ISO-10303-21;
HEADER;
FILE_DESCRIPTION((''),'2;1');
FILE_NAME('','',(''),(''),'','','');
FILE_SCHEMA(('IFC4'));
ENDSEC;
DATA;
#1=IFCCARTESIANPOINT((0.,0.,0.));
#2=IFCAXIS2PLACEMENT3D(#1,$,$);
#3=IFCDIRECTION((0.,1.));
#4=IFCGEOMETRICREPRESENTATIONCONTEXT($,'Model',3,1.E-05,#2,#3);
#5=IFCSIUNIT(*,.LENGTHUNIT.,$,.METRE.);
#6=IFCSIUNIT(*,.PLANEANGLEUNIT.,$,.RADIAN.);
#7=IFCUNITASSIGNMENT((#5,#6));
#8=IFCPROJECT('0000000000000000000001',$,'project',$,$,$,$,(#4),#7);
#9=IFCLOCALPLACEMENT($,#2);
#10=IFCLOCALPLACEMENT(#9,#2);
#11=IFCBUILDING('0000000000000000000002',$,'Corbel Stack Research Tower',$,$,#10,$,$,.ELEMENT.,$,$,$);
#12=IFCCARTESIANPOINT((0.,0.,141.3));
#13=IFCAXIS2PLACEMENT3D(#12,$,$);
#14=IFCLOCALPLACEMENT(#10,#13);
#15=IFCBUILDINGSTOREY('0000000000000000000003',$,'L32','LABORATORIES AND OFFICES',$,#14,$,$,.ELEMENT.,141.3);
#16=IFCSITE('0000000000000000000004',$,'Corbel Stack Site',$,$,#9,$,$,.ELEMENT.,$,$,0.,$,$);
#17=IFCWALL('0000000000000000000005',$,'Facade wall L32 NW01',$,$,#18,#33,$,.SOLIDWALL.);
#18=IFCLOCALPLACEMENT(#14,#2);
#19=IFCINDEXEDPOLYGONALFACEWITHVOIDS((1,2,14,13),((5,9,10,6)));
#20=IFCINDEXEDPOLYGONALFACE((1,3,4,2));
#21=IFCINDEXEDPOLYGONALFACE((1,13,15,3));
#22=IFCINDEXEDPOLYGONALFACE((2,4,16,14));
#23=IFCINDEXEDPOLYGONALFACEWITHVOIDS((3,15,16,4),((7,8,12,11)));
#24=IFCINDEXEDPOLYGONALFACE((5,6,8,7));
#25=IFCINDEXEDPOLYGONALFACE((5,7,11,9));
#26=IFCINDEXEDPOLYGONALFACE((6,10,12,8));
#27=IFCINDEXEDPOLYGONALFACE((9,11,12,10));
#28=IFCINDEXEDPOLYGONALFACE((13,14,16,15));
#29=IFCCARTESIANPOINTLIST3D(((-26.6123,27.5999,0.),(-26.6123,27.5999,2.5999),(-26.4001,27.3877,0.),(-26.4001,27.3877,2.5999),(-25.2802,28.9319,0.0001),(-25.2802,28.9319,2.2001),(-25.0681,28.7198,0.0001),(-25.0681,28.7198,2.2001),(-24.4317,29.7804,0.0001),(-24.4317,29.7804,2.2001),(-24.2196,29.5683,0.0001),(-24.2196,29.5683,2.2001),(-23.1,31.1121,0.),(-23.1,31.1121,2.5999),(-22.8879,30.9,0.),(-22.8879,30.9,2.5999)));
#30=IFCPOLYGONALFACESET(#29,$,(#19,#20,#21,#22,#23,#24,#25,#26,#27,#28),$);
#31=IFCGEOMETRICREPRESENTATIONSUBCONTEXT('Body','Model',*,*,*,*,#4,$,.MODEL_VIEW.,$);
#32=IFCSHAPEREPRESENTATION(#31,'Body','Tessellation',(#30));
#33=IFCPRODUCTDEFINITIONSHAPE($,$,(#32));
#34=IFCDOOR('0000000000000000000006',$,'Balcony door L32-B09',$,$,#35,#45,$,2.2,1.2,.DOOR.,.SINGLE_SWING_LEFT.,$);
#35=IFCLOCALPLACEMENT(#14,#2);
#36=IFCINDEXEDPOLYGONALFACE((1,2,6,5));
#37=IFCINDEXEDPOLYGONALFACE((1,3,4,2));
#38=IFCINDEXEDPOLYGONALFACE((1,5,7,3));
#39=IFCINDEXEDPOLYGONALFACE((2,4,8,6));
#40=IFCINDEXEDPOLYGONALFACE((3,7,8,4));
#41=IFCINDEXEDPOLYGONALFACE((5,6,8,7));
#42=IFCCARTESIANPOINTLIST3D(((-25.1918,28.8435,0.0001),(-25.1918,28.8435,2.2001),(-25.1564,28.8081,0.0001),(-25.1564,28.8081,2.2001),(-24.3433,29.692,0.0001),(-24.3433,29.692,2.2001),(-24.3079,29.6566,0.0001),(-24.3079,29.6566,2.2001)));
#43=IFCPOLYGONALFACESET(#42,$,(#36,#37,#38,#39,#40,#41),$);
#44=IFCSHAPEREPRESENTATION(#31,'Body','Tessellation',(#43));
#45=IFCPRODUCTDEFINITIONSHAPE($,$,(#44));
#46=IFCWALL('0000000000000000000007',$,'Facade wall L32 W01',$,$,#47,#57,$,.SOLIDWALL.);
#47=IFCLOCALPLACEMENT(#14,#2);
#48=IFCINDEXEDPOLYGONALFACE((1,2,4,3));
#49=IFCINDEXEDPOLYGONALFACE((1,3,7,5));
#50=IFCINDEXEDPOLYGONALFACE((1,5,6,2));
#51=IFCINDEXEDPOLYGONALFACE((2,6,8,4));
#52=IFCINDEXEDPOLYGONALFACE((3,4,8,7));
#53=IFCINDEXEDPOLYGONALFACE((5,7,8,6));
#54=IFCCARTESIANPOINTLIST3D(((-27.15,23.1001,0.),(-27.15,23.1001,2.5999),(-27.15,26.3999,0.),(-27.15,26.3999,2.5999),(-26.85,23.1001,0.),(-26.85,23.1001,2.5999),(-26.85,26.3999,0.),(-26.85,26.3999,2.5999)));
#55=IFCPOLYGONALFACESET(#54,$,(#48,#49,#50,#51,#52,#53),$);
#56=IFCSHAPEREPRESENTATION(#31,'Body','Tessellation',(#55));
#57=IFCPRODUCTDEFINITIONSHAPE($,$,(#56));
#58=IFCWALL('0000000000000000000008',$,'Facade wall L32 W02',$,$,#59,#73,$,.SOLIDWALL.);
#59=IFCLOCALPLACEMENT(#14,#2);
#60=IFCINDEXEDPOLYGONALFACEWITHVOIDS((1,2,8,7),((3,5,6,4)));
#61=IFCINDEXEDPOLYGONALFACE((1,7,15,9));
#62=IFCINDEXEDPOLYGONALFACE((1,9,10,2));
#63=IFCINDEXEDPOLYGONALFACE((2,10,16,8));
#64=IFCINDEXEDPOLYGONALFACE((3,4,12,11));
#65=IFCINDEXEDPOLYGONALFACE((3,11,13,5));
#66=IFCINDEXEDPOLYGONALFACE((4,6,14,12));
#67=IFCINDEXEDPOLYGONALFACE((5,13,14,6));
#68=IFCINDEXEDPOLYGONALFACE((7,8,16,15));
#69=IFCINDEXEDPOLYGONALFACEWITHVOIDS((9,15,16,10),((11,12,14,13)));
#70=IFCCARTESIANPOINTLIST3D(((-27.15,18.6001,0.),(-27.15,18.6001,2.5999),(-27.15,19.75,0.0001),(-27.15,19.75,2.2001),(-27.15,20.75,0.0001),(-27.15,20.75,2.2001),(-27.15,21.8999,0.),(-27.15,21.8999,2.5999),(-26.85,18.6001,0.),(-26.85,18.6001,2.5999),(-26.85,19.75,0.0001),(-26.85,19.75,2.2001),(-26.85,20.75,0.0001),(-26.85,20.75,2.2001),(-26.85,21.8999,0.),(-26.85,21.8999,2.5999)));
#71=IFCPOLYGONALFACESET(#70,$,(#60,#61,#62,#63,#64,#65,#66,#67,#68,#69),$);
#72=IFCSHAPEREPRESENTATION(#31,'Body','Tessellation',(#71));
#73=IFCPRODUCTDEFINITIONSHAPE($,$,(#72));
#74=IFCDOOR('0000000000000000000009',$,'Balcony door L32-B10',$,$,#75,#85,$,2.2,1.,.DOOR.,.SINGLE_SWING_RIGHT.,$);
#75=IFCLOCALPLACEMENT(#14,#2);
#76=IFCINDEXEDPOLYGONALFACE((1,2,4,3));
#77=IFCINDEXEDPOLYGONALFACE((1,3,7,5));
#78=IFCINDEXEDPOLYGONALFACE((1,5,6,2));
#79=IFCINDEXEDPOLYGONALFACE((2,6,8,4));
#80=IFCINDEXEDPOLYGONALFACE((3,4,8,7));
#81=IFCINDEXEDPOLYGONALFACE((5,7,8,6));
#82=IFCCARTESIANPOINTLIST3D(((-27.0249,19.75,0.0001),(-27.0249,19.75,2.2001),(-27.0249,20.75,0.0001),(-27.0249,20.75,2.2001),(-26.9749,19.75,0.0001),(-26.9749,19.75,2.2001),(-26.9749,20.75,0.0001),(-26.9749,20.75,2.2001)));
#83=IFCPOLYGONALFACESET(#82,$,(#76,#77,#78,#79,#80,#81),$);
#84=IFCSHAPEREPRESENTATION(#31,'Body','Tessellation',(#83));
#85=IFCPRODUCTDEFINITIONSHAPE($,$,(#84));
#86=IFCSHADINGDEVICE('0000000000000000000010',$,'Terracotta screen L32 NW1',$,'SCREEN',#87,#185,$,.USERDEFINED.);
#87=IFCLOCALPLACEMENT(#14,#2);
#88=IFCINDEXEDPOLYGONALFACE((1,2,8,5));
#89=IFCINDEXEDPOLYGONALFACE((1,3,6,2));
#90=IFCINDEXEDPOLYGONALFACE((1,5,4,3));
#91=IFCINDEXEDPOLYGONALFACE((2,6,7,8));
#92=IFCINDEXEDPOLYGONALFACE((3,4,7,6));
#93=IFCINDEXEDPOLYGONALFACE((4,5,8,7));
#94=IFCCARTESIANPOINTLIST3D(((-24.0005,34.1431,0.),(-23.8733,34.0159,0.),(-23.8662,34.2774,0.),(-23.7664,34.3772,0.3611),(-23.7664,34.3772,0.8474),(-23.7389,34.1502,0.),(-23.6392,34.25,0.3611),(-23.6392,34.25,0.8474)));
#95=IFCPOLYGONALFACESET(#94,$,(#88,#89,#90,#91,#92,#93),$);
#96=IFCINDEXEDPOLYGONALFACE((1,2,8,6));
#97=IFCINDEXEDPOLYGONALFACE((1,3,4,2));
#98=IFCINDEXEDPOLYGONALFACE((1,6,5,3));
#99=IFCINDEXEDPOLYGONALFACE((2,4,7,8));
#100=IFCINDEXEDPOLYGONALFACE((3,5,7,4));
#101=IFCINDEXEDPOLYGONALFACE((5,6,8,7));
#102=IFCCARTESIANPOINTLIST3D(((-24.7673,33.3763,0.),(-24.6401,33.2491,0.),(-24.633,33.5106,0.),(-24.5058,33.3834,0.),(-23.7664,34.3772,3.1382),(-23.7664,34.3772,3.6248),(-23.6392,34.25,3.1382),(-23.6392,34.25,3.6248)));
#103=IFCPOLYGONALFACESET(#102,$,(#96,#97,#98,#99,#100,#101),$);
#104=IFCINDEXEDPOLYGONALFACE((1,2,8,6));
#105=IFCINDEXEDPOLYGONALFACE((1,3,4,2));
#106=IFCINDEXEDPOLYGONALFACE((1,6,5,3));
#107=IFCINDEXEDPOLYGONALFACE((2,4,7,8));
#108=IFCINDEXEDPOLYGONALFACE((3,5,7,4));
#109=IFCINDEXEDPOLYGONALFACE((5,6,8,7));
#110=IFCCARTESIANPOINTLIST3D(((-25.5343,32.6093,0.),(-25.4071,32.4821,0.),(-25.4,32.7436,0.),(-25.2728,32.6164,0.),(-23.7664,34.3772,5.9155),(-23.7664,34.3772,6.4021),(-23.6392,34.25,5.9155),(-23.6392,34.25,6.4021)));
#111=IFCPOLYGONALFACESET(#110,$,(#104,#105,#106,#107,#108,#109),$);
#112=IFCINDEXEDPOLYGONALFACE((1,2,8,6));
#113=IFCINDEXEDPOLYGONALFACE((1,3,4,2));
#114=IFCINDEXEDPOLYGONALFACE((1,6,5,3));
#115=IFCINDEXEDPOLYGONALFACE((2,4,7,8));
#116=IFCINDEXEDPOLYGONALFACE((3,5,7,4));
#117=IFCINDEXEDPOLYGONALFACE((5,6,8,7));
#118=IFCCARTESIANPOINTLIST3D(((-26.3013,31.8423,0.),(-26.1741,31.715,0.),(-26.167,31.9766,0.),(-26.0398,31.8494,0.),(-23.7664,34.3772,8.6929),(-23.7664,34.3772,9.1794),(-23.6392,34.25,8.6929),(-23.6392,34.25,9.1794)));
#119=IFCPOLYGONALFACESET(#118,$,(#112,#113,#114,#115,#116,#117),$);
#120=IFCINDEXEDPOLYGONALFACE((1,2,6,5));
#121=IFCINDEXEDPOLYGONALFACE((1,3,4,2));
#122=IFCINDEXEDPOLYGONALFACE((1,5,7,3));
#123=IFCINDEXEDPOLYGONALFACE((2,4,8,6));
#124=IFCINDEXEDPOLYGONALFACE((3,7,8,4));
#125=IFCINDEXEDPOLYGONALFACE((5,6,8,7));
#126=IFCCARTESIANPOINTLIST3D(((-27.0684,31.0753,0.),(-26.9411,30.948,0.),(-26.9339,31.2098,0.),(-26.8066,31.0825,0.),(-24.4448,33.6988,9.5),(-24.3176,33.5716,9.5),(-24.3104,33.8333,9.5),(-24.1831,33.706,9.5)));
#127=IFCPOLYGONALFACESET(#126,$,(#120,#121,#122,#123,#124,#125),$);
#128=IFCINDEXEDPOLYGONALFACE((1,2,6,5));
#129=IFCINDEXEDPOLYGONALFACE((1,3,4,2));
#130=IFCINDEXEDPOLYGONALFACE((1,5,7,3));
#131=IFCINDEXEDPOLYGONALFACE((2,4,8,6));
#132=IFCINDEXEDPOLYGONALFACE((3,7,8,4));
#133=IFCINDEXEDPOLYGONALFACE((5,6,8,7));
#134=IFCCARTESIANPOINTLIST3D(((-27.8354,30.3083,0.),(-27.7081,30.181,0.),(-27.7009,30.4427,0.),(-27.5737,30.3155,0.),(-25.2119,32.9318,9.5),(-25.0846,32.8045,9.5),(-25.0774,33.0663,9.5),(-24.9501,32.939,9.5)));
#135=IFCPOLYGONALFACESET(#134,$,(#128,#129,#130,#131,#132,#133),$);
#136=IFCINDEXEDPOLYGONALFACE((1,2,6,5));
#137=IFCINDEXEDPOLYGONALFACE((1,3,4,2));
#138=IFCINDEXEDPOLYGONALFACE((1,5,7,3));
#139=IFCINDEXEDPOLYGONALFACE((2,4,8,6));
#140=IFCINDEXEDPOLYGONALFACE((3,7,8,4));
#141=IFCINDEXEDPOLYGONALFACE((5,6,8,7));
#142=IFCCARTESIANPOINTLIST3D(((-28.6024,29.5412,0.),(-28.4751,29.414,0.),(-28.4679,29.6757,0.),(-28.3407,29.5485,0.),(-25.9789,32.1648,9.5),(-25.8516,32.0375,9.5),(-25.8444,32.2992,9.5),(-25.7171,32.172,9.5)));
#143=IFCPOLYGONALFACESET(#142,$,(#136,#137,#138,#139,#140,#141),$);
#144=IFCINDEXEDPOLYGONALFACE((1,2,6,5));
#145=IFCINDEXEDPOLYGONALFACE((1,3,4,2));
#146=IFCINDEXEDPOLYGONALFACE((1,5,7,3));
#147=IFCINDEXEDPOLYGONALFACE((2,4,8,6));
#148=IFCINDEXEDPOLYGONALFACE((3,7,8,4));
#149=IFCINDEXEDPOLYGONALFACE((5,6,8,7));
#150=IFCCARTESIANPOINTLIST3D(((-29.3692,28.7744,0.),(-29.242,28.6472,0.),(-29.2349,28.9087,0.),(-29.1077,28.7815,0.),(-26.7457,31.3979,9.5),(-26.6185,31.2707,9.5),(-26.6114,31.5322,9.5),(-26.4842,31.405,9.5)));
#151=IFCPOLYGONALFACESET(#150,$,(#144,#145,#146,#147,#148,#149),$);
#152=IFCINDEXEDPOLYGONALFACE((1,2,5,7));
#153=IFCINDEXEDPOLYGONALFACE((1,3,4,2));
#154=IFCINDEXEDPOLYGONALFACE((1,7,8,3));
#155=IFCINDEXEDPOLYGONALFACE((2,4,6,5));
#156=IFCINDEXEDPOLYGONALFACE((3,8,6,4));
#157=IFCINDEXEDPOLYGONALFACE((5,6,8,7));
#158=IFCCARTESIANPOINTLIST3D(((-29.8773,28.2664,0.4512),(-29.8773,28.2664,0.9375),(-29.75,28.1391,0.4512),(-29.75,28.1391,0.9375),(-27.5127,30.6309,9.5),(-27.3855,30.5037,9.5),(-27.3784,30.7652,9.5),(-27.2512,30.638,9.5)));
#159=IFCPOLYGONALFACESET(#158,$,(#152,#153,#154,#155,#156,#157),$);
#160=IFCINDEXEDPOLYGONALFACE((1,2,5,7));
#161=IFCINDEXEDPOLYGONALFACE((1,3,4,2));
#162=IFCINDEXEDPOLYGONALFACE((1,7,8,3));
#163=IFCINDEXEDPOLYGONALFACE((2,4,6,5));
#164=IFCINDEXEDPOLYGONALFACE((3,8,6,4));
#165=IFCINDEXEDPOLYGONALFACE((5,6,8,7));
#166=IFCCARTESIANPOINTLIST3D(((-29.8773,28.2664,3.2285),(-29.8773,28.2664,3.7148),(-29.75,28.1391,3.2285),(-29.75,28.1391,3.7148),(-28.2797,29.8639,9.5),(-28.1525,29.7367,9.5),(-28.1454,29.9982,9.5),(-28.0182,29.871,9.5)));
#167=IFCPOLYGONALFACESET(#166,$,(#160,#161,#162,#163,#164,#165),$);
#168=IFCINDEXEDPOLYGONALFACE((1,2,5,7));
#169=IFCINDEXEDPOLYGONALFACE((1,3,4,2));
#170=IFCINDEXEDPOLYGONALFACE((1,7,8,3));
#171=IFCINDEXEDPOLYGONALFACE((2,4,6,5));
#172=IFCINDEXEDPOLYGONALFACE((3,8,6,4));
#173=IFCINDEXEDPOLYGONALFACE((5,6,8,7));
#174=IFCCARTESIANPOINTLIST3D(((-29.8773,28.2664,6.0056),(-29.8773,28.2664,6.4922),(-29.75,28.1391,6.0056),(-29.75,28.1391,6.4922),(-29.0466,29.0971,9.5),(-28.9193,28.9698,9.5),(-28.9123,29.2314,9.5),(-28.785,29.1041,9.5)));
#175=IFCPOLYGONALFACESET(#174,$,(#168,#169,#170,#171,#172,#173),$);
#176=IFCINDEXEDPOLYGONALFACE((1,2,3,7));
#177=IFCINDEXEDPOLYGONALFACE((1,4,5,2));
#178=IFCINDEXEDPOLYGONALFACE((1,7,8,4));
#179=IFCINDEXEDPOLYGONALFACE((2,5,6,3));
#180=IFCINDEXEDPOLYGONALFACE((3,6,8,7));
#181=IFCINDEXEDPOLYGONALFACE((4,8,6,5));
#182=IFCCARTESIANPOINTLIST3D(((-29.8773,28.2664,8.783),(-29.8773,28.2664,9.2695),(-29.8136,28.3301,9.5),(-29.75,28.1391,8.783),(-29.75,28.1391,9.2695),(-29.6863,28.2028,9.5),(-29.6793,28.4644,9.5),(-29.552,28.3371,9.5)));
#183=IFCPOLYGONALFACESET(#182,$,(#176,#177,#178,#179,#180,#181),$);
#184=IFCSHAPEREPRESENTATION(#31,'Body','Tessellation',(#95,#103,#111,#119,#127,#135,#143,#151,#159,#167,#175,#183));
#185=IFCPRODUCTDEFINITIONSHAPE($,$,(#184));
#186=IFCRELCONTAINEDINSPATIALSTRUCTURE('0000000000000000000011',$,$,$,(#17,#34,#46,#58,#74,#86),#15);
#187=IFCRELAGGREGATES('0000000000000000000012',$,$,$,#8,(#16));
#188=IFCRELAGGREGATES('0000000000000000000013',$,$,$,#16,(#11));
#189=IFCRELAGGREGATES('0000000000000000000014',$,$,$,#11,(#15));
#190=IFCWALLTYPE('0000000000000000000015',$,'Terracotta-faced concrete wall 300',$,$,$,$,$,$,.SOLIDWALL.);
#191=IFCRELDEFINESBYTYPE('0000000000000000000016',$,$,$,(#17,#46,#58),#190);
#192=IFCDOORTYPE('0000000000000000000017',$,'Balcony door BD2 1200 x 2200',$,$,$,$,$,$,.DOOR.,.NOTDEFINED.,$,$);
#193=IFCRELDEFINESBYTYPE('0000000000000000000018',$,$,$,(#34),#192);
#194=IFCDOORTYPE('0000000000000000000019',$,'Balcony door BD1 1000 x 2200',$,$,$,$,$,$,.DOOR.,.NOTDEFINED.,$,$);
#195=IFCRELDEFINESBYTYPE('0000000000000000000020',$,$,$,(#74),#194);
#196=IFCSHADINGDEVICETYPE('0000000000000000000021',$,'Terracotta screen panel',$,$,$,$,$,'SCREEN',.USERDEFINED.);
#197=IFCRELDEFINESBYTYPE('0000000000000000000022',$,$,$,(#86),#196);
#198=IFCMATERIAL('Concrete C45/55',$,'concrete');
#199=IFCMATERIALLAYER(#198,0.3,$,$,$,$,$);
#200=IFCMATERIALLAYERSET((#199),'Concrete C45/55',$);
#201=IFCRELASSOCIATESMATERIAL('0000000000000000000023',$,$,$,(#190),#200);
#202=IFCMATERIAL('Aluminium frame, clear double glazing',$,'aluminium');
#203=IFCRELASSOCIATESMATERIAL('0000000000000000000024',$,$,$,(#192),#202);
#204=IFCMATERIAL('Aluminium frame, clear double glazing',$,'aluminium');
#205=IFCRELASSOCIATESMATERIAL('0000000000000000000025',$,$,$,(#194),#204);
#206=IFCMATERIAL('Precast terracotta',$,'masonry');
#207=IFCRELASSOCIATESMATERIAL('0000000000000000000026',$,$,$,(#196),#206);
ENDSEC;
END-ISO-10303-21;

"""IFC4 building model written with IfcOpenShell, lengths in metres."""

from ifc_helpers import new_model, si_unit, direction, frame, frame_2d, origin, place, context, subcontext, project, spatial, polyline, rectangle, outline, extrude, source, transform, mapped, material, layer, layer_set, type_object, element, fill, save


model = new_model("IFC4")

# Units and contexts
model_context = context("Model", 3, precision=1e-05, world=origin(), true_north=direction((0.0, 1.0)))
body_context = subcontext(model_context, "Body", "Model", "MODEL_VIEW")
ifc_project = project(units=[si_unit("LENGTHUNIT", "METRE"), si_unit("PLANEANGLEUNIT", "RADIAN")], contexts=[model_context])

# Site, building, storey
site_placement = place(None, origin())
site = spatial("IfcSite", under=ifc_project, at=site_placement, Name="Corbel Stack Site", CompositionType="ELEMENT", RefElevation=0.0)
building_placement = place(site_placement, origin())
building = spatial("IfcBuilding", under=site, at=building_placement, Name="Corbel Stack Research Tower", CompositionType="ELEMENT")
storey_placement = place(building_placement, frame((0.0, 0.0, 141.3)))
storey = spatial("IfcBuildingStorey", under=building, at=storey_placement, Name="L32", Description="LABORATORIES AND OFFICES", CompositionType="ELEMENT", Elevation=141.3)

# Shared definitions
ifc_material_1 = material(Name="Concrete C45/55", Category="concrete")
ifc_layer_1 = layer(ifc_material_1, 0.3)
ifc_layer_set_1 = layer_set([ifc_layer_1], Name="Concrete C45/55")
wall_type_1 = type_object("IfcWallType", Name="Terracotta-faced concrete wall 300", PredefinedType="SOLIDWALL", material=ifc_layer_set_1)

# Wall, opening, door
wall_1_placement = place(storey_placement, frame((-26.5061, 27.4939, 0.0), z_axis=(0.0, 0.0, 1.0), x_axis=(0.707107, 0.707107, 0.0)))
wall_1 = element("IfcWall", 1, at=wall_1_placement, inside=storey, type_object=wall_type_1, Name="Facade wall L32 NW01", PredefinedType="SOLIDWALL", context=body_context, shape_type="SweptSolid", body=[
    extrude(rectangle(XDim=4.967, YDim=0.3, at=frame_2d((2.4834, 0.0))), origin(), (0.0, 0.0, 1.0), 2.5999),
])
opening_1_placement = place(wall_1_placement, frame((1.8835, 0.0, 0.0)))
opening_1 = element("IfcOpeningElement", 2, at=opening_1_placement, cuts=wall_1, PredefinedType="OPENING", context=body_context, shape_type="SweptSolid", body=[
    extrude(rectangle(XDim=1.2, YDim=2.2, at=frame_2d((0.6001, 1.1001))), frame((0.0, 0.1599, 0.0), z_axis=(0.0, -1.0, 0.0), x_axis=(1.0, 0.0, 0.0)), (0.0, 0.0, 1.0), 0.3201),
])
ifc_material_2 = material(Name="Aluminium frame, clear double glazing", Category="aluminium")
door_type_1 = type_object("IfcDoorType", Name="Balcony door BD2 1200 x 2200", OperationType="NOTDEFINED", PredefinedType="DOOR", material=ifc_material_2)
door_1_placement = place(opening_1_placement, origin())
door_1 = element("IfcDoor", 3, at=door_1_placement, inside=storey, type_object=door_type_1, Name="Balcony door L32-B09", OperationType="SINGLE_SWING_LEFT", OverallHeight=2.2, OverallWidth=1.2, PredefinedType="DOOR", context=body_context, shape_type="SweptSolid", body=[
    extrude(rectangle(XDim=1.2, YDim=2.2, at=frame_2d((0.6001, 1.1001))), frame((0.0, 0.0249, 0.0), z_axis=(0.0, -1.0, 0.0), x_axis=(1.0, 0.0, 0.0)), (0.0, 0.0, 1.0), 0.05),
])
fill(opening_1, door_1)

# Wall
wall_2_placement = place(storey_placement, frame((-27.0, 23.1001, 0.0), z_axis=(0.0, 0.0, 1.0), x_axis=(0.0, 1.0, 0.0)))
element("IfcWall", 4, at=wall_2_placement, inside=storey, type_object=wall_type_1, Name="Facade wall L32 W01", PredefinedType="SOLIDWALL", context=body_context, shape_type="SweptSolid", body=[
    extrude(rectangle(XDim=3.2998, YDim=0.3, at=frame_2d((1.6499, 0.0))), origin(), (0.0, 0.0, 1.0), 2.5999),
])

# Wall, opening, door
wall_3_placement = place(storey_placement, frame((-27.0, 18.6001, 0.0), z_axis=(0.0, 0.0, 1.0), x_axis=(0.0, 1.0, 0.0)))
wall_3 = element("IfcWall", 5, at=wall_3_placement, inside=storey, type_object=wall_type_1, Name="Facade wall L32 W02", PredefinedType="SOLIDWALL", context=body_context, shape_type="SweptSolid", body=[
    extrude(rectangle(XDim=3.2998, YDim=0.3, at=frame_2d((1.6499, 0.0))), origin(), (0.0, 0.0, 1.0), 2.5999),
])
opening_2_placement = place(wall_3_placement, frame((1.1499, 0.0, 0.0)))
opening_2 = element("IfcOpeningElement", 6, at=opening_2_placement, cuts=wall_3, PredefinedType="OPENING", context=body_context, shape_type="SweptSolid", body=[
    extrude(rectangle(XDim=1.0, YDim=2.2, at=frame_2d((0.5, 1.1001))), frame((0.0, 0.1599, 0.0), z_axis=(0.0, -1.0, 0.0), x_axis=(1.0, 0.0, 0.0)), (0.0, 0.0, 1.0), 0.3201),
])
ifc_material_3 = material(Name="Aluminium frame, clear double glazing", Category="aluminium")
door_type_2 = type_object("IfcDoorType", Name="Balcony door BD1 1000 x 2200", OperationType="NOTDEFINED", PredefinedType="DOOR", material=ifc_material_3)
door_2_placement = place(opening_2_placement, origin())
door_2 = element("IfcDoor", 7, at=door_2_placement, inside=storey, type_object=door_type_2, Name="Balcony door L32-B10", OperationType="SINGLE_SWING_RIGHT", OverallHeight=2.2, OverallWidth=1.0, PredefinedType="DOOR", context=body_context, shape_type="SweptSolid", body=[
    extrude(rectangle(XDim=1.0, YDim=2.2, at=frame_2d((0.5, 1.1001))), frame((0.0, 0.0249, 0.0), z_axis=(0.0, -1.0, 0.0), x_axis=(1.0, 0.0, 0.0)), (0.0, 0.0, 1.0), 0.05),
])
fill(opening_2, door_2)

# Shading device
ifc_material_4 = material(Name="Precast terracotta", Category="masonry")
shading_device_type = type_object("IfcShadingDeviceType", Name="Terracotta screen panel", ElementType="SCREEN", PredefinedType="USERDEFINED", material=ifc_material_4)
shared_shape_1 = source(origin(), body_context, "Body", "SweptSolid", [
    extrude(outline(polyline([(0.3311, 0.0), (0.0, 0.8474), (0.0, 0.3611), (0.1411, 0.0), (0.3311, 0.0)])), frame((0.0, 0.0, 0.0), z_axis=(0.0, -1.0, 0.0), x_axis=(1.0, 0.0, 0.0)), (0.0, 0.0, 1.0), 0.1799),
    extrude(outline(polyline([(1.4155, 0.0), (0.0, 3.6248), (0.0, 3.1382), (1.2256, 0.0), (1.4155, 0.0)])), frame((0.0, 0.0, 0.0), z_axis=(0.0, -1.0, 0.0), x_axis=(1.0, 0.0, 0.0)), (0.0, 0.0, 1.0), 0.1799),
    extrude(outline(polyline([(2.5002, 0.0), (0.0, 6.4021), (0.0, 5.9155), (2.3103, 0.0), (2.5002, 0.0)])), frame((0.0, 0.0, 0.0), z_axis=(0.0, -1.0, 0.0), x_axis=(1.0, 0.0, 0.0)), (0.0, 0.0, 1.0), 0.1799),
    extrude(outline(polyline([(3.585, 0.0), (0.0, 9.1794), (0.0, 8.6929), (3.395, 0.0), (3.585, 0.0)])), frame((0.0, 0.0, 0.0), z_axis=(0.0, -1.0, 0.0), x_axis=(1.0, 0.0, 0.0)), (0.0, 0.0, 1.0), 0.1799),
    extrude(outline(polyline([(4.6697, 0.0), (0.9595, 9.5), (0.7693, 9.5), (4.4795, 0.0), (4.6697, 0.0)])), frame((0.0, 0.0, 0.0), z_axis=(0.0, -1.0, 0.0), x_axis=(1.0, 0.0, 0.0)), (0.0, 0.0, 1.0), 0.1799),
    extrude(outline(polyline([(5.7544, 0.0), (2.0442, 9.5), (1.854, 9.5), (5.5642, 0.0), (5.7544, 0.0)])), frame((0.0, 0.0, 0.0), z_axis=(0.0, -1.0, 0.0), x_axis=(1.0, 0.0, 0.0)), (0.0, 0.0, 1.0), 0.1799),
    extrude(outline(polyline([(6.8391, 0.0), (3.1289, 9.5), (2.9387, 9.5), (6.6489, 0.0), (6.8391, 0.0)])), frame((0.0, 0.0, 0.0), z_axis=(0.0, -1.0, 0.0), x_axis=(1.0, 0.0, 0.0)), (0.0, 0.0, 1.0), 0.1799),
    extrude(outline(polyline([(7.9236, 0.0), (4.2134, 9.5), (4.0234, 9.5), (7.7336, 0.0), (7.9236, 0.0)])), frame((0.0, 0.0, 0.0), z_axis=(0.0, -1.0, 0.0), x_axis=(1.0, 0.0, 0.0)), (0.0, 0.0, 1.0), 0.1799),
    extrude(outline(polyline([(5.2981, 9.5), (5.1082, 9.5), (8.6421, 0.4512), (8.6421, 0.9375), (5.2981, 9.5)])), frame((0.0, 0.0, 0.0), z_axis=(0.0, -1.0, 0.0), x_axis=(1.0, 0.0, 0.0)), (0.0, 0.0, 1.0), 0.1799),
    extrude(outline(polyline([(6.3828, 9.5), (6.1929, 9.5), (8.6421, 3.2285), (8.6421, 3.7148), (6.3828, 9.5)])), frame((0.0, 0.0, 0.0), z_axis=(0.0, -1.0, 0.0), x_axis=(1.0, 0.0, 0.0)), (0.0, 0.0, 1.0), 0.1799),
    extrude(outline(polyline([(7.4673, 9.5), (7.2773, 9.5), (8.6421, 6.0056), (8.6421, 6.4922), (7.4673, 9.5)])), frame((0.0, 0.0, 0.0), z_axis=(0.0, -1.0, 0.0), x_axis=(1.0, 0.0, 0.0)), (0.0, 0.0, 1.0), 0.1799),
    extrude(outline(polyline([(8.552, 9.5), (8.3621, 9.5), (8.6421, 8.783), (8.6421, 9.2695), (8.552, 9.5)])), frame((0.0, 0.0, 0.0), z_axis=(0.0, -1.0, 0.0), x_axis=(1.0, 0.0, 0.0)), (0.0, 0.0, 1.0), 0.1799),
])
shading_device_1_placement = place(storey_placement, frame((-23.6392, 34.25, 0.0), z_axis=(0.0, 0.0, 1.0), x_axis=(-0.707107, -0.707107, 0.0)))
element("IfcShadingDevice", 8, at=shading_device_1_placement, inside=storey, type_object=shading_device_type, Name="Terracotta screen L32 NW1", ObjectType="SCREEN", PredefinedType="USERDEFINED", context=body_context, shape_type="MappedRepresentation", body=[
    mapped(shared_shape_1, transform((0.0, 0.0, 0.0))),
])

save(model, "model.ifc")
